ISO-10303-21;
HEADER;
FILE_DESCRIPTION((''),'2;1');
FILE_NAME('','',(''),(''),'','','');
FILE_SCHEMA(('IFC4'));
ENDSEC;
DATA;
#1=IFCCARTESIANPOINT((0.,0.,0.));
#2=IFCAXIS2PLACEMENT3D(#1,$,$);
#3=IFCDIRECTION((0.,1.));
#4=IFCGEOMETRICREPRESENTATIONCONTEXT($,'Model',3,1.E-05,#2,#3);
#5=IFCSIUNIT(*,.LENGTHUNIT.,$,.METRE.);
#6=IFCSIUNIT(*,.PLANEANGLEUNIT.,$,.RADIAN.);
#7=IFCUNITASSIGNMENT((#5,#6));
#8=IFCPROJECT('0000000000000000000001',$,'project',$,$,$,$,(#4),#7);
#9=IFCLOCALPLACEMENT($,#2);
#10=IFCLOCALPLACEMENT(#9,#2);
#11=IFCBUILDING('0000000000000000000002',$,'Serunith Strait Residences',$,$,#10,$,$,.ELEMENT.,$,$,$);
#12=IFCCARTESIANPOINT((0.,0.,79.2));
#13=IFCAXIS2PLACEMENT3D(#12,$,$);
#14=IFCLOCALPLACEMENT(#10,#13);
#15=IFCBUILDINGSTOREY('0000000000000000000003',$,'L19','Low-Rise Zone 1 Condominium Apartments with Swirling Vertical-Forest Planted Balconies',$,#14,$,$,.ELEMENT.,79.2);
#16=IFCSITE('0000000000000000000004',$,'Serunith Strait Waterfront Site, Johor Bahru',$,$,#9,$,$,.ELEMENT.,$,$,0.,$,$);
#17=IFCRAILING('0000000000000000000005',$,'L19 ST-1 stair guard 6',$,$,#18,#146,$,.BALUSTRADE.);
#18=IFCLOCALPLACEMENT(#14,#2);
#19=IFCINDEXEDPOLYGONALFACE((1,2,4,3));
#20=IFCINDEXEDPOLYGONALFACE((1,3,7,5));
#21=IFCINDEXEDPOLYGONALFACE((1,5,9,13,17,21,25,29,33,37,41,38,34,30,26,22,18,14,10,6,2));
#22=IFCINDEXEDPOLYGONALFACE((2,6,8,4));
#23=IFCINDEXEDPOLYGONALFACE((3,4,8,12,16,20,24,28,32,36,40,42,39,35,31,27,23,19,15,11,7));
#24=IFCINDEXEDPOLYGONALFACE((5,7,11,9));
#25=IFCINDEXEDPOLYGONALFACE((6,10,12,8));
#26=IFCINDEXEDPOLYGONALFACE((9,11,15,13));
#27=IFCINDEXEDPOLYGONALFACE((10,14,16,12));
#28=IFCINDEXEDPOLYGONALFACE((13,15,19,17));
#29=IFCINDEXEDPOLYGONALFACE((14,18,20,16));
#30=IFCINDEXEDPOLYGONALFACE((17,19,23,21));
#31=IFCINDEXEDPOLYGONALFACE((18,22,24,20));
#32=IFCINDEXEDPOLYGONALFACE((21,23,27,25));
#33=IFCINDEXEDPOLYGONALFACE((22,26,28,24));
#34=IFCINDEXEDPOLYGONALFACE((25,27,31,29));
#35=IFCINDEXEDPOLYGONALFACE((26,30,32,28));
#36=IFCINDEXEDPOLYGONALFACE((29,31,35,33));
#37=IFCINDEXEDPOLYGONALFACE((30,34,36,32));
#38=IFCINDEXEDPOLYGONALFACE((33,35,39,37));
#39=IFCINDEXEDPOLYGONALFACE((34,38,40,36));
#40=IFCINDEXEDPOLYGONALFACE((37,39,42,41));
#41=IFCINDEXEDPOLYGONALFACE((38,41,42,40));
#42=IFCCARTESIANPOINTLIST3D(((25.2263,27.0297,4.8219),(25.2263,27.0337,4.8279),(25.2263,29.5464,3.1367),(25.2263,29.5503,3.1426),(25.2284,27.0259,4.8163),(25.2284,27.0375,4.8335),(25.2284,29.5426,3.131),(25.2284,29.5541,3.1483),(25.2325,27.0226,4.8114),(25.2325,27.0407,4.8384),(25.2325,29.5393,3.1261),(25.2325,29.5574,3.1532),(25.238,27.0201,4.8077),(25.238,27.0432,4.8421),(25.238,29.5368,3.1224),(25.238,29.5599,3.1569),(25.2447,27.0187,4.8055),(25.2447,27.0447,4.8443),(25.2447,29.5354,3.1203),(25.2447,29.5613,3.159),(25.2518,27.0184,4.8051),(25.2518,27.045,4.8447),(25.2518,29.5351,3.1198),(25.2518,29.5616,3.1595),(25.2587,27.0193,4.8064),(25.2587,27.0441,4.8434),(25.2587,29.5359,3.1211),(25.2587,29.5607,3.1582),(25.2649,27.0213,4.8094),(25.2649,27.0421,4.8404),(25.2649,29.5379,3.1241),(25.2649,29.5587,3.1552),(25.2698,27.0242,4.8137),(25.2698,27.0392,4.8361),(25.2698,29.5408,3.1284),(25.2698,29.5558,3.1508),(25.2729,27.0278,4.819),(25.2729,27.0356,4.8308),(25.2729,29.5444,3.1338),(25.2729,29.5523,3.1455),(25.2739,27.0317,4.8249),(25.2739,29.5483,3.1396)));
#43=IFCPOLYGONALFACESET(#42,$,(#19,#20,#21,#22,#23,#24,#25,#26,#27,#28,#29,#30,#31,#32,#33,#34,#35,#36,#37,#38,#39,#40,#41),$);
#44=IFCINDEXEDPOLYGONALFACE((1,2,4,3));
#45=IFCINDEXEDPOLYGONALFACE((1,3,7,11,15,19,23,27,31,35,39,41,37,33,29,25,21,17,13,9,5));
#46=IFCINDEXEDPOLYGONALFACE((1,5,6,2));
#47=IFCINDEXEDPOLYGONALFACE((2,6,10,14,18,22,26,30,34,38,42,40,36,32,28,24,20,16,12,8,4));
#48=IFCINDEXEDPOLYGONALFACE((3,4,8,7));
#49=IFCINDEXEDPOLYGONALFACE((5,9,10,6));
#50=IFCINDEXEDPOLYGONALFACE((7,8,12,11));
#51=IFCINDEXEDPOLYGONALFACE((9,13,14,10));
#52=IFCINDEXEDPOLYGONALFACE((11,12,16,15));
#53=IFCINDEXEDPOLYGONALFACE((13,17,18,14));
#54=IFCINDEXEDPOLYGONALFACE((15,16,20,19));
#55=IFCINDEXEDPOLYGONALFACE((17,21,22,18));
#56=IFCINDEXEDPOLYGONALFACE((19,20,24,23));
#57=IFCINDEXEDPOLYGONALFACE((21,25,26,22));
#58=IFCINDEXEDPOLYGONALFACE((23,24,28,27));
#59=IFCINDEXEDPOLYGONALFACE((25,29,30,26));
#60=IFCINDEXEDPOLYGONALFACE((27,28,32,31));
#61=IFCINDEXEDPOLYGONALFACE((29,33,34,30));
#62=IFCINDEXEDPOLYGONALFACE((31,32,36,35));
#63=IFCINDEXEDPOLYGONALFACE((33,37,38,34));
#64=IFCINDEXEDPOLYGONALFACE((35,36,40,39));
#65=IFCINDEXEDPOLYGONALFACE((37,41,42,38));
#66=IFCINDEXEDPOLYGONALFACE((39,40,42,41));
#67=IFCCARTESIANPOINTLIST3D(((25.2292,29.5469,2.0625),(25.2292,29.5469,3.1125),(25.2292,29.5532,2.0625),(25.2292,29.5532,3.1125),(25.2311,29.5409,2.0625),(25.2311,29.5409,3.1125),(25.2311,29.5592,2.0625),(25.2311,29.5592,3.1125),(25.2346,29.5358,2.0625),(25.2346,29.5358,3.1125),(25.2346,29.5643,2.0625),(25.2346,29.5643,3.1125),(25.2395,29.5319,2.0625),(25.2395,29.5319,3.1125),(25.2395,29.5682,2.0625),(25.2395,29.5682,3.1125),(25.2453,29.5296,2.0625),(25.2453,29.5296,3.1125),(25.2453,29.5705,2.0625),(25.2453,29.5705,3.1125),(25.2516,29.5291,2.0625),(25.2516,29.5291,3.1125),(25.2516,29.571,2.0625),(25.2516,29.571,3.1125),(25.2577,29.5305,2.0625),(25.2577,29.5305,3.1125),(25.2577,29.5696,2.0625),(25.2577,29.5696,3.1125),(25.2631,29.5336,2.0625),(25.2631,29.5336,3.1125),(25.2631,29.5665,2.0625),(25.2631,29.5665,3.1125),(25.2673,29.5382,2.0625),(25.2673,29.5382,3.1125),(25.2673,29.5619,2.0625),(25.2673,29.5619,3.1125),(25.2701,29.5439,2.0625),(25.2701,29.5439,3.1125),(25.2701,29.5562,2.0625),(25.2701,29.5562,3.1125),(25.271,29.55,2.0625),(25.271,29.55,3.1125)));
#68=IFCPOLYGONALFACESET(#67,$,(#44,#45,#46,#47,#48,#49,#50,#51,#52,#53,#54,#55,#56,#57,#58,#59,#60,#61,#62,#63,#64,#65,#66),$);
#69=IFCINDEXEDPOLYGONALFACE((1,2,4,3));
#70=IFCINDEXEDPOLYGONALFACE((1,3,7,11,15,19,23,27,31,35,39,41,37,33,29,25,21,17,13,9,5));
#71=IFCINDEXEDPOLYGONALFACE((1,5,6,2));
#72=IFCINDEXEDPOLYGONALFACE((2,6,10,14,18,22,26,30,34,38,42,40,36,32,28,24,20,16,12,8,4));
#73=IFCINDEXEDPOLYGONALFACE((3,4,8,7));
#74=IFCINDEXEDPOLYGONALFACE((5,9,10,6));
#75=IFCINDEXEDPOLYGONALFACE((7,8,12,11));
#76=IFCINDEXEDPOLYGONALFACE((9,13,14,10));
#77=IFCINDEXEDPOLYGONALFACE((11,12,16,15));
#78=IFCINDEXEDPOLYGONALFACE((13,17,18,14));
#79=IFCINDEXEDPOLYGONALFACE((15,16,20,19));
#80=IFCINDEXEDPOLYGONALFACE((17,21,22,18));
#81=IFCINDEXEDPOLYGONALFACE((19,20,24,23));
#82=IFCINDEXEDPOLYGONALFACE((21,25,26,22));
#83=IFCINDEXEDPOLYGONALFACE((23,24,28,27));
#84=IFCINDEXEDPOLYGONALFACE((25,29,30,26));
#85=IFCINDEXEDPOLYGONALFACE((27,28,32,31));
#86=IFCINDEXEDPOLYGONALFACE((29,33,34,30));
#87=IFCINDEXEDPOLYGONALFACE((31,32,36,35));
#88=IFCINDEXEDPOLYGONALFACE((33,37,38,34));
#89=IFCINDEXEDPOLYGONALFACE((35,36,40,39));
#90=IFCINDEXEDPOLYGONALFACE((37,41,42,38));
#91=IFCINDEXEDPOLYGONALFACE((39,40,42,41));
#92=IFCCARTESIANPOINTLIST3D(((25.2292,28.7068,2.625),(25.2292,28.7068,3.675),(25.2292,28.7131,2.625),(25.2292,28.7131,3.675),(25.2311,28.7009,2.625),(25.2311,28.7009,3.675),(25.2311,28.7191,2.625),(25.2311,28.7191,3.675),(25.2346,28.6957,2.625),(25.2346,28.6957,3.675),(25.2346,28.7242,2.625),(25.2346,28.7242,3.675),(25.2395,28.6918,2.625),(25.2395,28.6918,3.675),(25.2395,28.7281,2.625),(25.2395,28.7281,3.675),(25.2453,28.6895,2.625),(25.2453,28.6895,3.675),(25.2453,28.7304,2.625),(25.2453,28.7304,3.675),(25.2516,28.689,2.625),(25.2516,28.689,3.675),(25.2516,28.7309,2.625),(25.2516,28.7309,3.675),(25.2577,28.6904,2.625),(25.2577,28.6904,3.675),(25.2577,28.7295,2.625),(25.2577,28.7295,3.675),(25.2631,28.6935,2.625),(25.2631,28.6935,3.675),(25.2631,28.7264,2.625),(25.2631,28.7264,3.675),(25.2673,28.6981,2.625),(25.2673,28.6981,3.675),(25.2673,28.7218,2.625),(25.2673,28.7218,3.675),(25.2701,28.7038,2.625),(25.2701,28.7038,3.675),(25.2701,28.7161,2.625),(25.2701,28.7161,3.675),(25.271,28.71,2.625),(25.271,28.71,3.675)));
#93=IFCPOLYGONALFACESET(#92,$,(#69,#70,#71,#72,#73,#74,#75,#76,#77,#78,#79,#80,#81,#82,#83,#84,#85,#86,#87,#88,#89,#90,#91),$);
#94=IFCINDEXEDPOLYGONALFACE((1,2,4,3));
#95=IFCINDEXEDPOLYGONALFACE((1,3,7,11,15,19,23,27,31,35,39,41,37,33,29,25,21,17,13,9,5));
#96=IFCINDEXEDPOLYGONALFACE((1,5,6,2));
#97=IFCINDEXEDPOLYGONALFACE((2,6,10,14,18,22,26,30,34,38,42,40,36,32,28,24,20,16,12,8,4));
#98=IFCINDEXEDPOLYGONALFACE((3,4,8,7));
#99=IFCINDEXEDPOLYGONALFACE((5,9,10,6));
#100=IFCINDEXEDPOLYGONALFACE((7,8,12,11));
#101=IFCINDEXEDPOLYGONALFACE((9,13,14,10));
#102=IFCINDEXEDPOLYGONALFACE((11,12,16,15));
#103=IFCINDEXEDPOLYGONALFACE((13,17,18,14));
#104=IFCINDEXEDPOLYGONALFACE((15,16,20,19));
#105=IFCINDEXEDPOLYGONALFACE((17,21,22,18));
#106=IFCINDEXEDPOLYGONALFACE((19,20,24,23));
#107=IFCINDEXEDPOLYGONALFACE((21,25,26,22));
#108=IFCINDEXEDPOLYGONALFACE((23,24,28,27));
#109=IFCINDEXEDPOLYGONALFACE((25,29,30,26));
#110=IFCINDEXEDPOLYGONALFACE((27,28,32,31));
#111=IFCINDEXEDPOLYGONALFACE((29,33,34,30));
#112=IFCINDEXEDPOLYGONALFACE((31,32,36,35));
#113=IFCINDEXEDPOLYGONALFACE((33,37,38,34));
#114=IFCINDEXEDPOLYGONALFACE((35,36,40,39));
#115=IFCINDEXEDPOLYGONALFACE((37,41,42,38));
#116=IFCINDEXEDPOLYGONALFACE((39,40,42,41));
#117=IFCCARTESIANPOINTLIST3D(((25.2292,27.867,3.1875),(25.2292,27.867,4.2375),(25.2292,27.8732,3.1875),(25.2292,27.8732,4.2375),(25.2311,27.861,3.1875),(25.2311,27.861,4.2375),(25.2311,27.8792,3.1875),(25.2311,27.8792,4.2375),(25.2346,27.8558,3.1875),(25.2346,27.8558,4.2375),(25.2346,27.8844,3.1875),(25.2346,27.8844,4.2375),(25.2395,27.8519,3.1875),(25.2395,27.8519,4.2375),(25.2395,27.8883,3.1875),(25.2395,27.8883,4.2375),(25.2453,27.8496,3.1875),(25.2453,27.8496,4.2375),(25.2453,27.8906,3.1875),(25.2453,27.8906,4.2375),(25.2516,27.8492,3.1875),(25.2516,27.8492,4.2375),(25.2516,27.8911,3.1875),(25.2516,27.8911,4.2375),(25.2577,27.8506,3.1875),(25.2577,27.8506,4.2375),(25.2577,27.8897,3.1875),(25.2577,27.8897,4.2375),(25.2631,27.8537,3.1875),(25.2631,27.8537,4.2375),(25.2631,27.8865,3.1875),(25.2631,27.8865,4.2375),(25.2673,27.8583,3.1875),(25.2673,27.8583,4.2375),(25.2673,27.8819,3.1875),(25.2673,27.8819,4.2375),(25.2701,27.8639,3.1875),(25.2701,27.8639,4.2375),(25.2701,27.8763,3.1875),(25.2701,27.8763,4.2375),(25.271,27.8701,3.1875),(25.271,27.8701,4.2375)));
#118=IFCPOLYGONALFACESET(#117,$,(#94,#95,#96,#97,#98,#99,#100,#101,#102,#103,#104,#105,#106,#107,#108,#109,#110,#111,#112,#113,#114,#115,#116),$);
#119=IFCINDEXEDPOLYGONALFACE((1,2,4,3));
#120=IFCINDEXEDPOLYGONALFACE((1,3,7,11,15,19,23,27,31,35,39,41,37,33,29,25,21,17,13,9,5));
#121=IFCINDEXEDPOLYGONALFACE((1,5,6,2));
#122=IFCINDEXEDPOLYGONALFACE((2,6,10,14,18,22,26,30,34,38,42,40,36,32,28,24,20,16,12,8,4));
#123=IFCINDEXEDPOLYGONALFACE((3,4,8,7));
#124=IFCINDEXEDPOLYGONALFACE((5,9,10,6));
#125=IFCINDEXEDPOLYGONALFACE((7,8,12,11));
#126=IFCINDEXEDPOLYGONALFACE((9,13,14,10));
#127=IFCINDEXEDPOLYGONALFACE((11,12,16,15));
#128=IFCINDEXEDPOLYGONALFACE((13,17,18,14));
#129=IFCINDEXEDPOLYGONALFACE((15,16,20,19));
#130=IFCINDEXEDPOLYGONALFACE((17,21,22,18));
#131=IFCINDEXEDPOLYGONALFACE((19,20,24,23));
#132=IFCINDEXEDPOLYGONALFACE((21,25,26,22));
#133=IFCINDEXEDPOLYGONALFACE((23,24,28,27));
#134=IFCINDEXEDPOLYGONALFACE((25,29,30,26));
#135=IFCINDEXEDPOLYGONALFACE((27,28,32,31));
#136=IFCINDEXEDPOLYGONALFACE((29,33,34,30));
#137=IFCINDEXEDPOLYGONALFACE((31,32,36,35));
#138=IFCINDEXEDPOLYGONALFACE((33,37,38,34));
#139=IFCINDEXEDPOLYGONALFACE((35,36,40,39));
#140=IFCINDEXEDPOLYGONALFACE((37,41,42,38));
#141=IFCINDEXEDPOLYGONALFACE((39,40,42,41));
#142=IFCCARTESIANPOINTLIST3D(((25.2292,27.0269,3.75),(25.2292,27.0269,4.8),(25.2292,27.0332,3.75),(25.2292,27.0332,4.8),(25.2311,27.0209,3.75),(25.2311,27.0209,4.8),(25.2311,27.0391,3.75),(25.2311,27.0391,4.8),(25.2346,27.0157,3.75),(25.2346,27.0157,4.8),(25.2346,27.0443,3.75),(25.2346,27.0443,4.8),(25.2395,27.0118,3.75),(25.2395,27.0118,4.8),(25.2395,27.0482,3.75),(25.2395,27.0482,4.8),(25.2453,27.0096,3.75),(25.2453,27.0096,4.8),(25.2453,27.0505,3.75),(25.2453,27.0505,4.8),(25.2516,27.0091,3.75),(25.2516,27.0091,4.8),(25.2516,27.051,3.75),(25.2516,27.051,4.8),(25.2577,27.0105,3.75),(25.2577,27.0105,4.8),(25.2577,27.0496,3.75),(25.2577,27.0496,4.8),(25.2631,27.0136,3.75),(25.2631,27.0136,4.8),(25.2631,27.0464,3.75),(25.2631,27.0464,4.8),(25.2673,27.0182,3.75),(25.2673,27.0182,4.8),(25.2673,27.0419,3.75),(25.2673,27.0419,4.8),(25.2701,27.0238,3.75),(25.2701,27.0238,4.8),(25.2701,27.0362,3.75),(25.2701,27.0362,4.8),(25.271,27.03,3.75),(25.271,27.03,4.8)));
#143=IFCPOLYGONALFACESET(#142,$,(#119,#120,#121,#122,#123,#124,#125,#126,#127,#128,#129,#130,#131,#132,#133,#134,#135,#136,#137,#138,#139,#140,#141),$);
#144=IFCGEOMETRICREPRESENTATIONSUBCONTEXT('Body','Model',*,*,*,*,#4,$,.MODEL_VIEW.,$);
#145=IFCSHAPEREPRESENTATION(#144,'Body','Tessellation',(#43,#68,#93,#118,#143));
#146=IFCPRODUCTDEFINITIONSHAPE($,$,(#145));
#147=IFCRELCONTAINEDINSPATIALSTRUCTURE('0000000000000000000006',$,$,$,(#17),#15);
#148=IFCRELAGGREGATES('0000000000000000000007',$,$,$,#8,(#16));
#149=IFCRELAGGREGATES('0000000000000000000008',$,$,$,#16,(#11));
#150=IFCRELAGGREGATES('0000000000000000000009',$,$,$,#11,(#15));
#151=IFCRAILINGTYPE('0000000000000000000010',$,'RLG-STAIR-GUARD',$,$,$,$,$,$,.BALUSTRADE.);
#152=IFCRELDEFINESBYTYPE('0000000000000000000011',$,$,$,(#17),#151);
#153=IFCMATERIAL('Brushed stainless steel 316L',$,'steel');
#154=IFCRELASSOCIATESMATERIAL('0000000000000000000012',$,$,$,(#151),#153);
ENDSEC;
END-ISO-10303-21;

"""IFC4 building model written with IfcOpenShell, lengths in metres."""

from ifc_helpers import new_model, si_unit, direction, frame, origin, origin_2d, place, context, subcontext, project, spatial, circle, extrude, material, type_object, element, save


model = new_model("IFC4")

# Units and contexts
model_context = context("Model", 3, precision=1e-05, world=origin(), true_north=direction((0.0, 1.0)))
body_context = subcontext(model_context, "Body", "Model", "MODEL_VIEW")
ifc_project = project(units=[si_unit("LENGTHUNIT", "METRE"), si_unit("PLANEANGLEUNIT", "RADIAN")], contexts=[model_context])

# Site, building, storey
site_placement = place(None, origin())
site = spatial("IfcSite", under=ifc_project, at=site_placement, Name="Serunith Strait Waterfront Site, Johor Bahru", CompositionType="ELEMENT", RefElevation=0.0)
building_placement = place(site_placement, origin())
building = spatial("IfcBuilding", under=site, at=building_placement, Name="Serunith Strait Residences", CompositionType="ELEMENT")
storey_placement = place(building_placement, frame((0.0, 0.0, 79.2)))
storey = spatial("IfcBuildingStorey", under=building, at=storey_placement, Name="L19", Description="Low-Rise Zone 1 Condominium Apartments with Swirling Vertical-Forest Planted Balconies", CompositionType="ELEMENT", Elevation=79.2)

# Railing
ifc_material_1 = material(Name="Brushed stainless steel 316L", Category="steel")
railing_type_1 = type_object("IfcRailingType", Name="RLG-STAIR-GUARD", PredefinedType="BALUSTRADE", material=ifc_material_1)
railing_1_placement = place(storey_placement, frame((25.25, 29.55, 2.0625)))
element("IfcRailing", 1, at=railing_1_placement, inside=storey, type_object=railing_type_1, Name="L19 ST-1 stair guard 6", PredefinedType="BALUSTRADE", context=body_context, shape_type="SweptSolid", body=[
    extrude(circle(Radius=0.0239, at=origin_2d()), frame((0.0, -0.0017, 1.0771), z_axis=(0.0, -0.830909, 0.556408), x_axis=(1.0, 0.0, 0.0)), (0.0, 0.0, 1.0), 3.0288),
    extrude(circle(Radius=0.021, at=origin_2d()), origin(), (0.0, 0.0, 1.0), 1.05),
    extrude(circle(Radius=0.021, at=origin_2d()), frame((0.0, -0.8401, 0.5625)), (0.0, 0.0, 1.0), 1.05),
    extrude(circle(Radius=0.021, at=origin_2d()), frame((0.0, -1.6799, 1.125)), (0.0, 0.0, 1.0), 1.05),
    extrude(circle(Radius=0.021, at=origin_2d()), frame((0.0, -2.52, 1.6875)), (0.0, 0.0, 1.0), 1.05),
])

save(model, "model.ifc")
